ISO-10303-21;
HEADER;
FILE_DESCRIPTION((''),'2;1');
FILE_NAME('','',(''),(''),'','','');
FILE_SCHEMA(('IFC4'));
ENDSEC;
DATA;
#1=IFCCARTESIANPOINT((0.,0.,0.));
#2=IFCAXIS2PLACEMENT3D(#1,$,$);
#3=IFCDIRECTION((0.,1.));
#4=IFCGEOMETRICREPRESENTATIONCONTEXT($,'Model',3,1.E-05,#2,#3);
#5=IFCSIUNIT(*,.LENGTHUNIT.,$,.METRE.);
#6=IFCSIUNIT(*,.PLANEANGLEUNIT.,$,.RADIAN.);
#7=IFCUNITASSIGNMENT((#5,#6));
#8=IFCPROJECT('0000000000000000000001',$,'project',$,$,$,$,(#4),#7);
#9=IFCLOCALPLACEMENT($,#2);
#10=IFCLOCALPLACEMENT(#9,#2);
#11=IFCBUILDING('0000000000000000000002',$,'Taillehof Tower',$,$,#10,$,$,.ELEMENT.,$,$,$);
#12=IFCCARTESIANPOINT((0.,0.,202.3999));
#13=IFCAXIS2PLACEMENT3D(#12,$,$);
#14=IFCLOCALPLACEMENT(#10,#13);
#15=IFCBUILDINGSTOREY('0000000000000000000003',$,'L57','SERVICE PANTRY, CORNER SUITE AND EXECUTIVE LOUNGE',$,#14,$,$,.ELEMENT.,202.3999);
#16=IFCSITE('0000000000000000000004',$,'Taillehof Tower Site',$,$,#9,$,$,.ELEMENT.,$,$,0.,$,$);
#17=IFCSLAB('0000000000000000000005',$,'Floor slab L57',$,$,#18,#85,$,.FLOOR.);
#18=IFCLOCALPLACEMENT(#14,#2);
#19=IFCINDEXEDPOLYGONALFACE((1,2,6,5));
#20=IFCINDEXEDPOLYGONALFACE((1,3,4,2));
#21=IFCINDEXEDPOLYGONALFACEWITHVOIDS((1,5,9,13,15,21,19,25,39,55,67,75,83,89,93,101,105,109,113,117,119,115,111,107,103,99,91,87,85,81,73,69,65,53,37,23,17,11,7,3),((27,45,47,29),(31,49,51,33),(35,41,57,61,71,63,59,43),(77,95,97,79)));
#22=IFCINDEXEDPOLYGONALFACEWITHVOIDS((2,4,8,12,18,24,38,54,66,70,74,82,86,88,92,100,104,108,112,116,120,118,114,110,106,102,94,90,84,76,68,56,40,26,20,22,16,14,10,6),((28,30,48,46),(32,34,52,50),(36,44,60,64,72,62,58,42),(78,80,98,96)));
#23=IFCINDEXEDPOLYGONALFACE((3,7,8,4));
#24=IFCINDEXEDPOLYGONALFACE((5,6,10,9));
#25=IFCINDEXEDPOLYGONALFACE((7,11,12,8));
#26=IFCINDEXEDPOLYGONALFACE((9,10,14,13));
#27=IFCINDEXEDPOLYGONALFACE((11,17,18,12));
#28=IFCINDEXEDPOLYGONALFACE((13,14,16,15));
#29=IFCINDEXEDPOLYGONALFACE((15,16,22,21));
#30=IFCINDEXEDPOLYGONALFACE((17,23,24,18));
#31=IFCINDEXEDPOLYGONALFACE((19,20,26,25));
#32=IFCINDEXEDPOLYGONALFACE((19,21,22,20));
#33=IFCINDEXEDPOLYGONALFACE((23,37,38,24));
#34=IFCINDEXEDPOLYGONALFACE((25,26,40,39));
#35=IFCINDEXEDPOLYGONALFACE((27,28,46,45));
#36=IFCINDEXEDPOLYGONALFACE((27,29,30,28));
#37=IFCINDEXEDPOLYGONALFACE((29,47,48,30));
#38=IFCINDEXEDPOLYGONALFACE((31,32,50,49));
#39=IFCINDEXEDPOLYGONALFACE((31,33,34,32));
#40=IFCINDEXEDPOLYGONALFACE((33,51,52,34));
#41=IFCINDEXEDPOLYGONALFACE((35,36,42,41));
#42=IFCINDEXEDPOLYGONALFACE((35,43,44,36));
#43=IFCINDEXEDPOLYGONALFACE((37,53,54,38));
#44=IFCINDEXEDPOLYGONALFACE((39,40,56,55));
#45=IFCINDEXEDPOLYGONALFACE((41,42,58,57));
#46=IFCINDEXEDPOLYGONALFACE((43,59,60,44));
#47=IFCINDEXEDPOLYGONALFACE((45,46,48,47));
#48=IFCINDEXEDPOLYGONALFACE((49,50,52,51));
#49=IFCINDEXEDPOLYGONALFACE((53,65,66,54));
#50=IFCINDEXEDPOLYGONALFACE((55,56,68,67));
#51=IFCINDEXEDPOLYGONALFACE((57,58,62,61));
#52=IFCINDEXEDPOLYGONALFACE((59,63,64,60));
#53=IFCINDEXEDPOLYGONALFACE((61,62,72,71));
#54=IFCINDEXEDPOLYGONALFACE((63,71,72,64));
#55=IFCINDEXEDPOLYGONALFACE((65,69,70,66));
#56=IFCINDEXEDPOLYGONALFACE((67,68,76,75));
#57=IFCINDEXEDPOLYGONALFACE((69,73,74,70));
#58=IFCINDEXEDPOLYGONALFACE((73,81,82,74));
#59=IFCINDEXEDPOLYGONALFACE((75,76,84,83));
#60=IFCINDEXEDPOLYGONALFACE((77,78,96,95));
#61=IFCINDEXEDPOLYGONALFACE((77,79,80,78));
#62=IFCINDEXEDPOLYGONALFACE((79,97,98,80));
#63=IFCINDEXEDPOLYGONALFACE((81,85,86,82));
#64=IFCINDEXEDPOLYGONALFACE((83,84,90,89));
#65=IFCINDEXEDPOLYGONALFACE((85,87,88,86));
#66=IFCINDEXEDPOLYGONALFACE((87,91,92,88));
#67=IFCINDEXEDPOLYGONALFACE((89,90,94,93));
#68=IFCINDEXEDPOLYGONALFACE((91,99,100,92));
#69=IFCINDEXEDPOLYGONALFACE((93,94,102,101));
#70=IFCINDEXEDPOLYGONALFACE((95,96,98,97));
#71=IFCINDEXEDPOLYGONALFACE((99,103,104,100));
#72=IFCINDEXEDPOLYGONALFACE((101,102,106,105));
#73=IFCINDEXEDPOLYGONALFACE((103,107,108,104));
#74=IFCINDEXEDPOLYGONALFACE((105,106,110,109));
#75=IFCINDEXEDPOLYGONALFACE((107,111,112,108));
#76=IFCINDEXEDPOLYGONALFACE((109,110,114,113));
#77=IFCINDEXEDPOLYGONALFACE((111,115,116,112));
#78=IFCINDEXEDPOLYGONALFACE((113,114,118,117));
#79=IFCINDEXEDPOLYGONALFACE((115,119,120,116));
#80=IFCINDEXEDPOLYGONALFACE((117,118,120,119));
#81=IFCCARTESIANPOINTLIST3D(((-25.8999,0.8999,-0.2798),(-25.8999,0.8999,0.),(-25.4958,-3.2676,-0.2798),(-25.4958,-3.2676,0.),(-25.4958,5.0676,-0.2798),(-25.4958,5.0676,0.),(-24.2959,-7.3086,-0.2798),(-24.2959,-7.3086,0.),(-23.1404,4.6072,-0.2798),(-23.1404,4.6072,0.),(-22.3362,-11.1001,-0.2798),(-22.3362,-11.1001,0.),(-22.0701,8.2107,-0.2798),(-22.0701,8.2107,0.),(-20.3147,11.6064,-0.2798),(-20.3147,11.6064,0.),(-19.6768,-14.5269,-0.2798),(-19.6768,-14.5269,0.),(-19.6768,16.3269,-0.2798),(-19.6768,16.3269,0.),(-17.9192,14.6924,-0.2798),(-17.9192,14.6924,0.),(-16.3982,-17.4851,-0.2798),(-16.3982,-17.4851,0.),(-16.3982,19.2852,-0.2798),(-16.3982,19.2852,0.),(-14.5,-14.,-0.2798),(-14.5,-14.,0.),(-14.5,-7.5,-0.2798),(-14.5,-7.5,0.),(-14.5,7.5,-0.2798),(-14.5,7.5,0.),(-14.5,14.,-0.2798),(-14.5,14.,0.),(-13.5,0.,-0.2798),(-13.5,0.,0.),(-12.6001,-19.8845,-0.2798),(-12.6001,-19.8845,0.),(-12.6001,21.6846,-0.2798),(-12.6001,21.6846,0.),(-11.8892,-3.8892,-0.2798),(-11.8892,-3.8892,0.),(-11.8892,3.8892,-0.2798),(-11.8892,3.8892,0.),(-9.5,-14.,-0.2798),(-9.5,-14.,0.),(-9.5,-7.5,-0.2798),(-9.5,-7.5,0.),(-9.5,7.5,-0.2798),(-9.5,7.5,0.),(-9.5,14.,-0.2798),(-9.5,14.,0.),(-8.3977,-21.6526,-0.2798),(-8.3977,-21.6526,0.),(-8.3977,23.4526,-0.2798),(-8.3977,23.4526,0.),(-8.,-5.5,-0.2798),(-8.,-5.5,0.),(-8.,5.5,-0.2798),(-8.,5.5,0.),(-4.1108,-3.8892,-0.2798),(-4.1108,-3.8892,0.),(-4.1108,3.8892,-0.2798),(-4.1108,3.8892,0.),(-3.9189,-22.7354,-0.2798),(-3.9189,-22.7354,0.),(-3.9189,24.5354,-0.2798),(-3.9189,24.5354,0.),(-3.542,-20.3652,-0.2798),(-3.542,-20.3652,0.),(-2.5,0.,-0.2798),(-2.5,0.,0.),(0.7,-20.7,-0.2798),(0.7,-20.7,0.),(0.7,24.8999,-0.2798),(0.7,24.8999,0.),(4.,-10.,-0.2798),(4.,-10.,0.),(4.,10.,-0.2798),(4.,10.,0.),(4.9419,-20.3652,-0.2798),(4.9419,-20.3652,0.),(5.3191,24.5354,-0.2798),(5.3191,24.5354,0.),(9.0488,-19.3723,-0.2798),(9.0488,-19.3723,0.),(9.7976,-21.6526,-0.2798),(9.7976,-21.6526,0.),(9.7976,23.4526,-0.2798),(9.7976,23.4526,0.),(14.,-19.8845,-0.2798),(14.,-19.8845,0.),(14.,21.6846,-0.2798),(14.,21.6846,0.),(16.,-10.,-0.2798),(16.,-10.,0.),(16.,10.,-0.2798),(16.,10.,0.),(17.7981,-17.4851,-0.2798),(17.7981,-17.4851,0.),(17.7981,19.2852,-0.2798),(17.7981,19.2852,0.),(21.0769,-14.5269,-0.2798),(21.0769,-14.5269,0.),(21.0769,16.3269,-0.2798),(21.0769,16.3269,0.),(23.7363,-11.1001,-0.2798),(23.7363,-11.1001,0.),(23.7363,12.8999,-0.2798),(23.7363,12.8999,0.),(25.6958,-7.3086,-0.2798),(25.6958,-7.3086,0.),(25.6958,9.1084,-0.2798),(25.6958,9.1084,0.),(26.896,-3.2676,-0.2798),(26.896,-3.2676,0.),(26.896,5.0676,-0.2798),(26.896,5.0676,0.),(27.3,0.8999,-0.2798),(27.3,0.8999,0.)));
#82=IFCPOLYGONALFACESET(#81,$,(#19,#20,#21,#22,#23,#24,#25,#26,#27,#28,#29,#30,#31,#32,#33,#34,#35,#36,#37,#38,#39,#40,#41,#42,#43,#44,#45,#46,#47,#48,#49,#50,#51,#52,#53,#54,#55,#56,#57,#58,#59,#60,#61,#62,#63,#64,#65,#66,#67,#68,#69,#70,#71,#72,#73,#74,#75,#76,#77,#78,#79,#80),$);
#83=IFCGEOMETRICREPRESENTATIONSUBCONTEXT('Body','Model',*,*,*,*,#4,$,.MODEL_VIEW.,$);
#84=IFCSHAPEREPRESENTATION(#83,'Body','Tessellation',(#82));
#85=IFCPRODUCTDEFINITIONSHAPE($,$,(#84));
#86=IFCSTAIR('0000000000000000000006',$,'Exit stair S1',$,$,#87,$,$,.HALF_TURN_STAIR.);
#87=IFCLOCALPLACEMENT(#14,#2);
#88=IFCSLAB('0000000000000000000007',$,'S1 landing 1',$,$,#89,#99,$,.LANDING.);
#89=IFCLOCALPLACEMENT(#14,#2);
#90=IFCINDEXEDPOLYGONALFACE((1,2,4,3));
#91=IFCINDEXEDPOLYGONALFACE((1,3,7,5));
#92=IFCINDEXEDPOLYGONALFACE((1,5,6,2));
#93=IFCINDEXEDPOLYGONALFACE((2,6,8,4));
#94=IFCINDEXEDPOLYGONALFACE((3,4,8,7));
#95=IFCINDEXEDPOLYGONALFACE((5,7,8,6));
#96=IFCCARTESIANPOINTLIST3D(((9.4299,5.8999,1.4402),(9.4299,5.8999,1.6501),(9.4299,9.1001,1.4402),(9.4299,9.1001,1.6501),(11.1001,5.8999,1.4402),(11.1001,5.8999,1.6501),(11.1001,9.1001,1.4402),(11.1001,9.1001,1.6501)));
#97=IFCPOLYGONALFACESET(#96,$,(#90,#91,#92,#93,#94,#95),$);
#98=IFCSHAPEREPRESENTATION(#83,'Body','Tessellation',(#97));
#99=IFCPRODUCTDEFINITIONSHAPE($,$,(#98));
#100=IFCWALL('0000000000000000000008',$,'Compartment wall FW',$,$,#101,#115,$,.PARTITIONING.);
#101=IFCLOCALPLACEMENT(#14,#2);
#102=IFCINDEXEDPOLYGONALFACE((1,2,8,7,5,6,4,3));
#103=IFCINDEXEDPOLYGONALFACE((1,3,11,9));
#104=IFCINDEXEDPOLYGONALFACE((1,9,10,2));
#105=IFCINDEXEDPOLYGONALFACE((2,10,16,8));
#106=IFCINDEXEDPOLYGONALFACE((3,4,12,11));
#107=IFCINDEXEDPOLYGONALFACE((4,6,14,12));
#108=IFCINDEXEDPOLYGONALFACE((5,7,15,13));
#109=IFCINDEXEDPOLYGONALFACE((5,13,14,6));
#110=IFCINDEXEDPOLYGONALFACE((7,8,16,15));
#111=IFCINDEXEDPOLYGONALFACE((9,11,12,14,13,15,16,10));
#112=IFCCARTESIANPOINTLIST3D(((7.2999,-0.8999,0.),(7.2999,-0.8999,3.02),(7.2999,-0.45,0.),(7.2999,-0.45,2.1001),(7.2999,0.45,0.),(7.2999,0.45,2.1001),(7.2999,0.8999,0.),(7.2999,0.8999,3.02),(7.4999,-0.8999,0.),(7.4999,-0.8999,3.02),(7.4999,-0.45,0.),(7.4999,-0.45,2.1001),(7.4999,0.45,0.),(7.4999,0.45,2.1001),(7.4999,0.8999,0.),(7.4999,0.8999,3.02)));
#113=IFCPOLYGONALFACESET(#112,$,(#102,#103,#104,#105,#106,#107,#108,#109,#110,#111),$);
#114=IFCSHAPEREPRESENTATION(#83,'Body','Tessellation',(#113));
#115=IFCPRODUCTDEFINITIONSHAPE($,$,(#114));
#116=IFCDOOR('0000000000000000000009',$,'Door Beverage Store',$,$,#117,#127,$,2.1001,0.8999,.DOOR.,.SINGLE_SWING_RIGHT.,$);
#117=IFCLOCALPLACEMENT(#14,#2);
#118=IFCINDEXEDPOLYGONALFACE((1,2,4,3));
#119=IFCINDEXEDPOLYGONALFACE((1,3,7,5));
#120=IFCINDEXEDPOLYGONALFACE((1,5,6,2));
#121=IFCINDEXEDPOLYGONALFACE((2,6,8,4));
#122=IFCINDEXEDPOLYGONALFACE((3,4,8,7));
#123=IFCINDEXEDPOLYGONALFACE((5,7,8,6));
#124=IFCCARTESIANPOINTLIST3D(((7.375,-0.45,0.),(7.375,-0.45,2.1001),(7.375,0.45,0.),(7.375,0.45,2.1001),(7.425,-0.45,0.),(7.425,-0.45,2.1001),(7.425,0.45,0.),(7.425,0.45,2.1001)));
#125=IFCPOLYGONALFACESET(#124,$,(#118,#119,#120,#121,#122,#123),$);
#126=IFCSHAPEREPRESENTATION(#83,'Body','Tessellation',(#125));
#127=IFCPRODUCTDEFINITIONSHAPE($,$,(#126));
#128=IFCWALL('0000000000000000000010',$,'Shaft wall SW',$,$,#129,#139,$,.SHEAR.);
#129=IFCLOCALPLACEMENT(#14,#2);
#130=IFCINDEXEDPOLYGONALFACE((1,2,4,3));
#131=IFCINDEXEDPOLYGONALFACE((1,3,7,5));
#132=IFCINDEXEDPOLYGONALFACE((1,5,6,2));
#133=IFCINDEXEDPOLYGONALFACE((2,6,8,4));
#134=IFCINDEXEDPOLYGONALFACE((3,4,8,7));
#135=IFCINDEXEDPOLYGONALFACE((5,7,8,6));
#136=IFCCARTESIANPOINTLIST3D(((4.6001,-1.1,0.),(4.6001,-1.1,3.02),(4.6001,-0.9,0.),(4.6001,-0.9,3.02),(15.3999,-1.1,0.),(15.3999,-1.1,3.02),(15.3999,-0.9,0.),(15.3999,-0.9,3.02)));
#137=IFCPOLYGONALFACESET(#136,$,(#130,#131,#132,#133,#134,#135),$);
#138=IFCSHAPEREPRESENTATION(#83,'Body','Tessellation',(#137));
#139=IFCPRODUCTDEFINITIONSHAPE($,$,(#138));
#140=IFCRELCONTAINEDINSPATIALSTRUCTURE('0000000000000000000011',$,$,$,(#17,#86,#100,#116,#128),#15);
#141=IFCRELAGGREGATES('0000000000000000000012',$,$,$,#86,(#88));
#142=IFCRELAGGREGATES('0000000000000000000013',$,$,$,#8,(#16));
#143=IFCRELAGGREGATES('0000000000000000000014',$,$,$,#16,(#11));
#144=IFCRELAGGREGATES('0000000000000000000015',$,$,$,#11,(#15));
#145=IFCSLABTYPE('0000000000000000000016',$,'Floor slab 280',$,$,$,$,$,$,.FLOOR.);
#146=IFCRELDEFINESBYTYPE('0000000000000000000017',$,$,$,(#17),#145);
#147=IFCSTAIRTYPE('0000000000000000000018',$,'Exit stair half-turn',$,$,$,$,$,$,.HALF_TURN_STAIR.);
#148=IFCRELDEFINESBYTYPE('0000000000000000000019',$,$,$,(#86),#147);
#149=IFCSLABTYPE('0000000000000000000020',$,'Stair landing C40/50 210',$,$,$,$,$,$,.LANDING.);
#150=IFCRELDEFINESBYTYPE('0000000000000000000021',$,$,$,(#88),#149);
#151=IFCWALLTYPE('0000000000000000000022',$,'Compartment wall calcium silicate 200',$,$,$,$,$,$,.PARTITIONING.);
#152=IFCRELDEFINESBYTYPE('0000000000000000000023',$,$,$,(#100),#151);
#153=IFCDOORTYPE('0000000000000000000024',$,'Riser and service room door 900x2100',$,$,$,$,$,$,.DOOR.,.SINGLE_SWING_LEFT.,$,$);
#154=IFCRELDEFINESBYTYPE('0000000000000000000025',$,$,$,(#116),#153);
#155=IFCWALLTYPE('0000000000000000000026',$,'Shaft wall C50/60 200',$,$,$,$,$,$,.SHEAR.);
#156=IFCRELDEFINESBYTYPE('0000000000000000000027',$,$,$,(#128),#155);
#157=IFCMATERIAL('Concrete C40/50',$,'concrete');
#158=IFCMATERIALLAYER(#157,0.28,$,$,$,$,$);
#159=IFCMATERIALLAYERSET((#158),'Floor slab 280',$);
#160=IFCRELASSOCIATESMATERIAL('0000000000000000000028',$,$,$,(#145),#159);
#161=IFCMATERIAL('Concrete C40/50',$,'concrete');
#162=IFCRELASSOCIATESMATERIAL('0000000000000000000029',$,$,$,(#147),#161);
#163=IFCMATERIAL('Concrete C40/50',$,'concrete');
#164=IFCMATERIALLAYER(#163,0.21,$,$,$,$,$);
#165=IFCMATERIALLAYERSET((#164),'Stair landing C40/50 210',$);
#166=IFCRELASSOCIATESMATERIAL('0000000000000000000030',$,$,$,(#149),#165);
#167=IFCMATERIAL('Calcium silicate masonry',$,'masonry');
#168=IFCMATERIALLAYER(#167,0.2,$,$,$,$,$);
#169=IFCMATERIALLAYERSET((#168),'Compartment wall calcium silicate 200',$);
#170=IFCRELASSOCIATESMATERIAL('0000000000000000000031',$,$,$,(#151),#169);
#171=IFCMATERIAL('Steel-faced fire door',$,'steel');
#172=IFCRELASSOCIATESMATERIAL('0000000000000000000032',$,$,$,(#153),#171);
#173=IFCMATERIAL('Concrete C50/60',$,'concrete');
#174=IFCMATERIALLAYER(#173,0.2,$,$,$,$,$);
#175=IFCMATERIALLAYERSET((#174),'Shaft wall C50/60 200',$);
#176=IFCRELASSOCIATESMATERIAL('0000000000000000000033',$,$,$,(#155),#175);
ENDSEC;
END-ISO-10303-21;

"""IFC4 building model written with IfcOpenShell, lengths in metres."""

from ifc_helpers import new_model, si_unit, direction, frame, frame_2d, origin, place, context, subcontext, project, spatial, polyline, rectangle, outline, extrude, material, layer, layer_set, type_object, element, fill, aggregate, save


model = new_model("IFC4")

# Units and contexts
model_context = context("Model", 3, precision=1e-05, world=origin(), true_north=direction((0.0, 1.0)))
body_context = subcontext(model_context, "Body", "Model", "MODEL_VIEW")
ifc_project = project(units=[si_unit("LENGTHUNIT", "METRE"), si_unit("PLANEANGLEUNIT", "RADIAN")], contexts=[model_context])

# Site, building, storey
site_placement = place(None, origin())
site = spatial("IfcSite", under=ifc_project, at=site_placement, Name="Taillehof Tower Site", CompositionType="ELEMENT", RefElevation=0.0)
building_placement = place(site_placement, origin())
building = spatial("IfcBuilding", under=site, at=building_placement, Name="Taillehof Tower", CompositionType="ELEMENT")
storey_placement = place(building_placement, frame((0.0, 0.0, 202.3999)))
storey = spatial("IfcBuildingStorey", under=building, at=storey_placement, Name="L57", Description="SERVICE PANTRY, CORNER SUITE AND EXECUTIVE LOUNGE", CompositionType="ELEMENT", Elevation=202.3999)

# Slab
ifc_material_1 = material(Name="Concrete C40/50", Category="concrete")
ifc_layer_1 = layer(ifc_material_1, 0.28)
ifc_layer_set_1 = layer_set([ifc_layer_1], Name="Floor slab 280")
slab_type_1 = type_object("IfcSlabType", Name="Floor slab 280", PredefinedType="FLOOR", material=ifc_layer_set_1)
slab_1_placement = place(storey_placement, frame((0.0, 0.0, -0.2798)))
element("IfcSlab", 1, at=slab_1_placement, inside=storey, type_object=slab_type_1, Name="Floor slab L57", PredefinedType="FLOOR", context=body_context, shape_type="SweptSolid", body=[
    extrude(outline(polyline([(27.3, 0.8999), (26.896, 5.0676), (25.6958, 9.1084), (23.7363, 12.8999), (21.0769, 16.3269), (17.7981, 19.2852), (14.0, 21.6846), (9.7976, 23.4526), (5.3191, 24.5354), (0.7, 24.8999), (-3.9189, 24.5354), (-8.3977, 23.4526), (-12.6001, 21.6846), (-16.3982, 19.2852), (-19.6768, 16.3269), (-17.9192, 14.6924), (-20.3147, 11.6064), (-22.0701, 8.2107), (-23.1404, 4.6072), (-25.4958, 5.0676), (-25.8999, 0.8999), (-25.4958, -3.2676), (-24.2959, -7.3086), (-22.3362, -11.1001), (-19.6768, -14.5269), (-16.3982, -17.4851), (-12.6001, -19.8845), (-8.3977, -21.6526), (-3.9189, -22.7354), (-3.542, -20.3652), (0.7, -20.7), (4.9419, -20.3652), (9.0488, -19.3723), (9.7976, -21.6526), (14.0, -19.8845), (17.7981, -17.4851), (21.0769, -14.5269), (23.7363, -11.1001), (25.6958, -7.3086), (26.896, -3.2676), (27.3, 0.8999)]), holes=[polyline([(-14.5, -7.5), (-9.5, -7.5), (-9.5, -14.0), (-14.5, -14.0), (-14.5, -7.5)]), polyline([(-8.0, -5.5), (-11.8892, -3.8892), (-13.5, 0.0), (-11.8892, 3.8892), (-8.0, 5.5), (-4.1108, 3.8892), (-2.5, 0.0), (-4.1108, -3.8892), (-8.0, -5.5)]), polyline([(16.0, 10.0), (16.0, -10.0), (4.0, -10.0), (4.0, 10.0), (16.0, 10.0)]), polyline([(-14.5, 14.0), (-9.5, 14.0), (-9.5, 7.5), (-14.5, 7.5), (-14.5, 14.0)])]), origin(), (0.0, 0.0, 1.0), 0.2798),
])

# Stair, slab
ifc_material_2 = material(Name="Concrete C40/50", Category="concrete")
stair_type = type_object("IfcStairType", Name="Exit stair half-turn", PredefinedType="HALF_TURN_STAIR", material=ifc_material_2)
stair_placement = place(storey_placement, origin())
stair = element("IfcStair", 2, at=stair_placement, inside=storey, type_object=stair_type, Name="Exit stair S1", PredefinedType="HALF_TURN_STAIR")
ifc_material_3 = material(Name="Concrete C40/50", Category="concrete")
ifc_layer_2 = layer(ifc_material_3, 0.21)
ifc_layer_set_2 = layer_set([ifc_layer_2], Name="Stair landing C40/50 210")
slab_type_2 = type_object("IfcSlabType", Name="Stair landing C40/50 210", PredefinedType="LANDING", material=ifc_layer_set_2)
slab_2_placement = place(storey_placement, frame((0.0, 0.0, 1.4402)))
slab_2 = element("IfcSlab", 3, at=slab_2_placement, type_object=slab_type_2, Name="S1 landing 1", PredefinedType="LANDING", context=body_context, shape_type="SweptSolid", body=[
    extrude(outline(polyline([(9.4299, 5.8999), (11.1001, 5.8999), (11.1001, 9.1001), (9.4299, 9.1001), (9.4299, 5.8999)])), origin(), (0.0, 0.0, 1.0), 0.21),
])
aggregate(stair, [slab_2])

# Wall, opening, door
ifc_material_4 = material(Name="Calcium silicate masonry", Category="masonry")
ifc_layer_3 = layer(ifc_material_4, 0.2)
ifc_layer_set_3 = layer_set([ifc_layer_3], Name="Compartment wall calcium silicate 200")
wall_type_1 = type_object("IfcWallType", Name="Compartment wall calcium silicate 200", PredefinedType="PARTITIONING", material=ifc_layer_set_3)
wall_1_placement = place(storey_placement, frame((7.3999, -0.8999, 0.0), z_axis=(0.0, 0.0, 1.0), x_axis=(0.0, 1.0, 0.0)))
wall_1 = element("IfcWall", 4, at=wall_1_placement, inside=storey, type_object=wall_type_1, Name="Compartment wall FW", PredefinedType="PARTITIONING", context=body_context, shape_type="SweptSolid", body=[
    extrude(rectangle(XDim=1.7998, YDim=0.2, at=frame_2d((0.8999, 0.0))), origin(), (0.0, 0.0, 1.0), 3.02),
])
opening_1_placement = place(wall_1_placement, frame((0.45, 0.0, 0.0)))
opening_1 = element("IfcOpeningElement", 5, at=opening_1_placement, cuts=wall_1, PredefinedType="OPENING", context=body_context, shape_type="SweptSolid", body=[
    extrude(rectangle(XDim=0.8999, YDim=2.1001, at=frame_2d((0.45, 1.05))), frame((0.0, 0.1099, 0.0), z_axis=(0.0, -1.0, 0.0), x_axis=(1.0, 0.0, 0.0)), (0.0, 0.0, 1.0), 0.22),
])
ifc_material_5 = material(Name="Steel-faced fire door", Category="steel")
door_type_1 = type_object("IfcDoorType", Name="Riser and service room door 900x2100", OperationType="SINGLE_SWING_LEFT", PredefinedType="DOOR", material=ifc_material_5)
door_1_placement = place(opening_1_placement, origin())
door_1 = element("IfcDoor", 6, at=door_1_placement, inside=storey, type_object=door_type_1, Name="Door Beverage Store", OperationType="SINGLE_SWING_RIGHT", OverallHeight=2.1001, OverallWidth=0.8999, PredefinedType="DOOR", context=body_context, shape_type="SweptSolid", body=[
    extrude(rectangle(XDim=0.8999, YDim=2.1001, at=frame_2d((0.45, 1.05))), frame((0.0, 0.0249, 0.0), z_axis=(0.0, -1.0, 0.0), x_axis=(1.0, 0.0, 0.0)), (0.0, 0.0, 1.0), 0.05),
])
fill(opening_1, door_1)

# Wall
ifc_material_6 = material(Name="Concrete C50/60", Category="concrete")
ifc_layer_4 = layer(ifc_material_6, 0.2)
ifc_layer_set_4 = layer_set([ifc_layer_4], Name="Shaft wall C50/60 200")
wall_type_2 = type_object("IfcWallType", Name="Shaft wall C50/60 200", PredefinedType="SHEAR", material=ifc_layer_set_4)
wall_2_placement = place(storey_placement, frame((4.6001, -1.0, 0.0), z_axis=(0.0, 0.0, 1.0), x_axis=(1.0, 0.0, 0.0)))
element("IfcWall", 7, at=wall_2_placement, inside=storey, type_object=wall_type_2, Name="Shaft wall SW", PredefinedType="SHEAR", context=body_context, shape_type="SweptSolid", body=[
    extrude(rectangle(XDim=10.7998, YDim=0.2, at=frame_2d((5.3999, 0.0))), origin(), (0.0, 0.0, 1.0), 3.02),
])

save(model, "model.ifc")
